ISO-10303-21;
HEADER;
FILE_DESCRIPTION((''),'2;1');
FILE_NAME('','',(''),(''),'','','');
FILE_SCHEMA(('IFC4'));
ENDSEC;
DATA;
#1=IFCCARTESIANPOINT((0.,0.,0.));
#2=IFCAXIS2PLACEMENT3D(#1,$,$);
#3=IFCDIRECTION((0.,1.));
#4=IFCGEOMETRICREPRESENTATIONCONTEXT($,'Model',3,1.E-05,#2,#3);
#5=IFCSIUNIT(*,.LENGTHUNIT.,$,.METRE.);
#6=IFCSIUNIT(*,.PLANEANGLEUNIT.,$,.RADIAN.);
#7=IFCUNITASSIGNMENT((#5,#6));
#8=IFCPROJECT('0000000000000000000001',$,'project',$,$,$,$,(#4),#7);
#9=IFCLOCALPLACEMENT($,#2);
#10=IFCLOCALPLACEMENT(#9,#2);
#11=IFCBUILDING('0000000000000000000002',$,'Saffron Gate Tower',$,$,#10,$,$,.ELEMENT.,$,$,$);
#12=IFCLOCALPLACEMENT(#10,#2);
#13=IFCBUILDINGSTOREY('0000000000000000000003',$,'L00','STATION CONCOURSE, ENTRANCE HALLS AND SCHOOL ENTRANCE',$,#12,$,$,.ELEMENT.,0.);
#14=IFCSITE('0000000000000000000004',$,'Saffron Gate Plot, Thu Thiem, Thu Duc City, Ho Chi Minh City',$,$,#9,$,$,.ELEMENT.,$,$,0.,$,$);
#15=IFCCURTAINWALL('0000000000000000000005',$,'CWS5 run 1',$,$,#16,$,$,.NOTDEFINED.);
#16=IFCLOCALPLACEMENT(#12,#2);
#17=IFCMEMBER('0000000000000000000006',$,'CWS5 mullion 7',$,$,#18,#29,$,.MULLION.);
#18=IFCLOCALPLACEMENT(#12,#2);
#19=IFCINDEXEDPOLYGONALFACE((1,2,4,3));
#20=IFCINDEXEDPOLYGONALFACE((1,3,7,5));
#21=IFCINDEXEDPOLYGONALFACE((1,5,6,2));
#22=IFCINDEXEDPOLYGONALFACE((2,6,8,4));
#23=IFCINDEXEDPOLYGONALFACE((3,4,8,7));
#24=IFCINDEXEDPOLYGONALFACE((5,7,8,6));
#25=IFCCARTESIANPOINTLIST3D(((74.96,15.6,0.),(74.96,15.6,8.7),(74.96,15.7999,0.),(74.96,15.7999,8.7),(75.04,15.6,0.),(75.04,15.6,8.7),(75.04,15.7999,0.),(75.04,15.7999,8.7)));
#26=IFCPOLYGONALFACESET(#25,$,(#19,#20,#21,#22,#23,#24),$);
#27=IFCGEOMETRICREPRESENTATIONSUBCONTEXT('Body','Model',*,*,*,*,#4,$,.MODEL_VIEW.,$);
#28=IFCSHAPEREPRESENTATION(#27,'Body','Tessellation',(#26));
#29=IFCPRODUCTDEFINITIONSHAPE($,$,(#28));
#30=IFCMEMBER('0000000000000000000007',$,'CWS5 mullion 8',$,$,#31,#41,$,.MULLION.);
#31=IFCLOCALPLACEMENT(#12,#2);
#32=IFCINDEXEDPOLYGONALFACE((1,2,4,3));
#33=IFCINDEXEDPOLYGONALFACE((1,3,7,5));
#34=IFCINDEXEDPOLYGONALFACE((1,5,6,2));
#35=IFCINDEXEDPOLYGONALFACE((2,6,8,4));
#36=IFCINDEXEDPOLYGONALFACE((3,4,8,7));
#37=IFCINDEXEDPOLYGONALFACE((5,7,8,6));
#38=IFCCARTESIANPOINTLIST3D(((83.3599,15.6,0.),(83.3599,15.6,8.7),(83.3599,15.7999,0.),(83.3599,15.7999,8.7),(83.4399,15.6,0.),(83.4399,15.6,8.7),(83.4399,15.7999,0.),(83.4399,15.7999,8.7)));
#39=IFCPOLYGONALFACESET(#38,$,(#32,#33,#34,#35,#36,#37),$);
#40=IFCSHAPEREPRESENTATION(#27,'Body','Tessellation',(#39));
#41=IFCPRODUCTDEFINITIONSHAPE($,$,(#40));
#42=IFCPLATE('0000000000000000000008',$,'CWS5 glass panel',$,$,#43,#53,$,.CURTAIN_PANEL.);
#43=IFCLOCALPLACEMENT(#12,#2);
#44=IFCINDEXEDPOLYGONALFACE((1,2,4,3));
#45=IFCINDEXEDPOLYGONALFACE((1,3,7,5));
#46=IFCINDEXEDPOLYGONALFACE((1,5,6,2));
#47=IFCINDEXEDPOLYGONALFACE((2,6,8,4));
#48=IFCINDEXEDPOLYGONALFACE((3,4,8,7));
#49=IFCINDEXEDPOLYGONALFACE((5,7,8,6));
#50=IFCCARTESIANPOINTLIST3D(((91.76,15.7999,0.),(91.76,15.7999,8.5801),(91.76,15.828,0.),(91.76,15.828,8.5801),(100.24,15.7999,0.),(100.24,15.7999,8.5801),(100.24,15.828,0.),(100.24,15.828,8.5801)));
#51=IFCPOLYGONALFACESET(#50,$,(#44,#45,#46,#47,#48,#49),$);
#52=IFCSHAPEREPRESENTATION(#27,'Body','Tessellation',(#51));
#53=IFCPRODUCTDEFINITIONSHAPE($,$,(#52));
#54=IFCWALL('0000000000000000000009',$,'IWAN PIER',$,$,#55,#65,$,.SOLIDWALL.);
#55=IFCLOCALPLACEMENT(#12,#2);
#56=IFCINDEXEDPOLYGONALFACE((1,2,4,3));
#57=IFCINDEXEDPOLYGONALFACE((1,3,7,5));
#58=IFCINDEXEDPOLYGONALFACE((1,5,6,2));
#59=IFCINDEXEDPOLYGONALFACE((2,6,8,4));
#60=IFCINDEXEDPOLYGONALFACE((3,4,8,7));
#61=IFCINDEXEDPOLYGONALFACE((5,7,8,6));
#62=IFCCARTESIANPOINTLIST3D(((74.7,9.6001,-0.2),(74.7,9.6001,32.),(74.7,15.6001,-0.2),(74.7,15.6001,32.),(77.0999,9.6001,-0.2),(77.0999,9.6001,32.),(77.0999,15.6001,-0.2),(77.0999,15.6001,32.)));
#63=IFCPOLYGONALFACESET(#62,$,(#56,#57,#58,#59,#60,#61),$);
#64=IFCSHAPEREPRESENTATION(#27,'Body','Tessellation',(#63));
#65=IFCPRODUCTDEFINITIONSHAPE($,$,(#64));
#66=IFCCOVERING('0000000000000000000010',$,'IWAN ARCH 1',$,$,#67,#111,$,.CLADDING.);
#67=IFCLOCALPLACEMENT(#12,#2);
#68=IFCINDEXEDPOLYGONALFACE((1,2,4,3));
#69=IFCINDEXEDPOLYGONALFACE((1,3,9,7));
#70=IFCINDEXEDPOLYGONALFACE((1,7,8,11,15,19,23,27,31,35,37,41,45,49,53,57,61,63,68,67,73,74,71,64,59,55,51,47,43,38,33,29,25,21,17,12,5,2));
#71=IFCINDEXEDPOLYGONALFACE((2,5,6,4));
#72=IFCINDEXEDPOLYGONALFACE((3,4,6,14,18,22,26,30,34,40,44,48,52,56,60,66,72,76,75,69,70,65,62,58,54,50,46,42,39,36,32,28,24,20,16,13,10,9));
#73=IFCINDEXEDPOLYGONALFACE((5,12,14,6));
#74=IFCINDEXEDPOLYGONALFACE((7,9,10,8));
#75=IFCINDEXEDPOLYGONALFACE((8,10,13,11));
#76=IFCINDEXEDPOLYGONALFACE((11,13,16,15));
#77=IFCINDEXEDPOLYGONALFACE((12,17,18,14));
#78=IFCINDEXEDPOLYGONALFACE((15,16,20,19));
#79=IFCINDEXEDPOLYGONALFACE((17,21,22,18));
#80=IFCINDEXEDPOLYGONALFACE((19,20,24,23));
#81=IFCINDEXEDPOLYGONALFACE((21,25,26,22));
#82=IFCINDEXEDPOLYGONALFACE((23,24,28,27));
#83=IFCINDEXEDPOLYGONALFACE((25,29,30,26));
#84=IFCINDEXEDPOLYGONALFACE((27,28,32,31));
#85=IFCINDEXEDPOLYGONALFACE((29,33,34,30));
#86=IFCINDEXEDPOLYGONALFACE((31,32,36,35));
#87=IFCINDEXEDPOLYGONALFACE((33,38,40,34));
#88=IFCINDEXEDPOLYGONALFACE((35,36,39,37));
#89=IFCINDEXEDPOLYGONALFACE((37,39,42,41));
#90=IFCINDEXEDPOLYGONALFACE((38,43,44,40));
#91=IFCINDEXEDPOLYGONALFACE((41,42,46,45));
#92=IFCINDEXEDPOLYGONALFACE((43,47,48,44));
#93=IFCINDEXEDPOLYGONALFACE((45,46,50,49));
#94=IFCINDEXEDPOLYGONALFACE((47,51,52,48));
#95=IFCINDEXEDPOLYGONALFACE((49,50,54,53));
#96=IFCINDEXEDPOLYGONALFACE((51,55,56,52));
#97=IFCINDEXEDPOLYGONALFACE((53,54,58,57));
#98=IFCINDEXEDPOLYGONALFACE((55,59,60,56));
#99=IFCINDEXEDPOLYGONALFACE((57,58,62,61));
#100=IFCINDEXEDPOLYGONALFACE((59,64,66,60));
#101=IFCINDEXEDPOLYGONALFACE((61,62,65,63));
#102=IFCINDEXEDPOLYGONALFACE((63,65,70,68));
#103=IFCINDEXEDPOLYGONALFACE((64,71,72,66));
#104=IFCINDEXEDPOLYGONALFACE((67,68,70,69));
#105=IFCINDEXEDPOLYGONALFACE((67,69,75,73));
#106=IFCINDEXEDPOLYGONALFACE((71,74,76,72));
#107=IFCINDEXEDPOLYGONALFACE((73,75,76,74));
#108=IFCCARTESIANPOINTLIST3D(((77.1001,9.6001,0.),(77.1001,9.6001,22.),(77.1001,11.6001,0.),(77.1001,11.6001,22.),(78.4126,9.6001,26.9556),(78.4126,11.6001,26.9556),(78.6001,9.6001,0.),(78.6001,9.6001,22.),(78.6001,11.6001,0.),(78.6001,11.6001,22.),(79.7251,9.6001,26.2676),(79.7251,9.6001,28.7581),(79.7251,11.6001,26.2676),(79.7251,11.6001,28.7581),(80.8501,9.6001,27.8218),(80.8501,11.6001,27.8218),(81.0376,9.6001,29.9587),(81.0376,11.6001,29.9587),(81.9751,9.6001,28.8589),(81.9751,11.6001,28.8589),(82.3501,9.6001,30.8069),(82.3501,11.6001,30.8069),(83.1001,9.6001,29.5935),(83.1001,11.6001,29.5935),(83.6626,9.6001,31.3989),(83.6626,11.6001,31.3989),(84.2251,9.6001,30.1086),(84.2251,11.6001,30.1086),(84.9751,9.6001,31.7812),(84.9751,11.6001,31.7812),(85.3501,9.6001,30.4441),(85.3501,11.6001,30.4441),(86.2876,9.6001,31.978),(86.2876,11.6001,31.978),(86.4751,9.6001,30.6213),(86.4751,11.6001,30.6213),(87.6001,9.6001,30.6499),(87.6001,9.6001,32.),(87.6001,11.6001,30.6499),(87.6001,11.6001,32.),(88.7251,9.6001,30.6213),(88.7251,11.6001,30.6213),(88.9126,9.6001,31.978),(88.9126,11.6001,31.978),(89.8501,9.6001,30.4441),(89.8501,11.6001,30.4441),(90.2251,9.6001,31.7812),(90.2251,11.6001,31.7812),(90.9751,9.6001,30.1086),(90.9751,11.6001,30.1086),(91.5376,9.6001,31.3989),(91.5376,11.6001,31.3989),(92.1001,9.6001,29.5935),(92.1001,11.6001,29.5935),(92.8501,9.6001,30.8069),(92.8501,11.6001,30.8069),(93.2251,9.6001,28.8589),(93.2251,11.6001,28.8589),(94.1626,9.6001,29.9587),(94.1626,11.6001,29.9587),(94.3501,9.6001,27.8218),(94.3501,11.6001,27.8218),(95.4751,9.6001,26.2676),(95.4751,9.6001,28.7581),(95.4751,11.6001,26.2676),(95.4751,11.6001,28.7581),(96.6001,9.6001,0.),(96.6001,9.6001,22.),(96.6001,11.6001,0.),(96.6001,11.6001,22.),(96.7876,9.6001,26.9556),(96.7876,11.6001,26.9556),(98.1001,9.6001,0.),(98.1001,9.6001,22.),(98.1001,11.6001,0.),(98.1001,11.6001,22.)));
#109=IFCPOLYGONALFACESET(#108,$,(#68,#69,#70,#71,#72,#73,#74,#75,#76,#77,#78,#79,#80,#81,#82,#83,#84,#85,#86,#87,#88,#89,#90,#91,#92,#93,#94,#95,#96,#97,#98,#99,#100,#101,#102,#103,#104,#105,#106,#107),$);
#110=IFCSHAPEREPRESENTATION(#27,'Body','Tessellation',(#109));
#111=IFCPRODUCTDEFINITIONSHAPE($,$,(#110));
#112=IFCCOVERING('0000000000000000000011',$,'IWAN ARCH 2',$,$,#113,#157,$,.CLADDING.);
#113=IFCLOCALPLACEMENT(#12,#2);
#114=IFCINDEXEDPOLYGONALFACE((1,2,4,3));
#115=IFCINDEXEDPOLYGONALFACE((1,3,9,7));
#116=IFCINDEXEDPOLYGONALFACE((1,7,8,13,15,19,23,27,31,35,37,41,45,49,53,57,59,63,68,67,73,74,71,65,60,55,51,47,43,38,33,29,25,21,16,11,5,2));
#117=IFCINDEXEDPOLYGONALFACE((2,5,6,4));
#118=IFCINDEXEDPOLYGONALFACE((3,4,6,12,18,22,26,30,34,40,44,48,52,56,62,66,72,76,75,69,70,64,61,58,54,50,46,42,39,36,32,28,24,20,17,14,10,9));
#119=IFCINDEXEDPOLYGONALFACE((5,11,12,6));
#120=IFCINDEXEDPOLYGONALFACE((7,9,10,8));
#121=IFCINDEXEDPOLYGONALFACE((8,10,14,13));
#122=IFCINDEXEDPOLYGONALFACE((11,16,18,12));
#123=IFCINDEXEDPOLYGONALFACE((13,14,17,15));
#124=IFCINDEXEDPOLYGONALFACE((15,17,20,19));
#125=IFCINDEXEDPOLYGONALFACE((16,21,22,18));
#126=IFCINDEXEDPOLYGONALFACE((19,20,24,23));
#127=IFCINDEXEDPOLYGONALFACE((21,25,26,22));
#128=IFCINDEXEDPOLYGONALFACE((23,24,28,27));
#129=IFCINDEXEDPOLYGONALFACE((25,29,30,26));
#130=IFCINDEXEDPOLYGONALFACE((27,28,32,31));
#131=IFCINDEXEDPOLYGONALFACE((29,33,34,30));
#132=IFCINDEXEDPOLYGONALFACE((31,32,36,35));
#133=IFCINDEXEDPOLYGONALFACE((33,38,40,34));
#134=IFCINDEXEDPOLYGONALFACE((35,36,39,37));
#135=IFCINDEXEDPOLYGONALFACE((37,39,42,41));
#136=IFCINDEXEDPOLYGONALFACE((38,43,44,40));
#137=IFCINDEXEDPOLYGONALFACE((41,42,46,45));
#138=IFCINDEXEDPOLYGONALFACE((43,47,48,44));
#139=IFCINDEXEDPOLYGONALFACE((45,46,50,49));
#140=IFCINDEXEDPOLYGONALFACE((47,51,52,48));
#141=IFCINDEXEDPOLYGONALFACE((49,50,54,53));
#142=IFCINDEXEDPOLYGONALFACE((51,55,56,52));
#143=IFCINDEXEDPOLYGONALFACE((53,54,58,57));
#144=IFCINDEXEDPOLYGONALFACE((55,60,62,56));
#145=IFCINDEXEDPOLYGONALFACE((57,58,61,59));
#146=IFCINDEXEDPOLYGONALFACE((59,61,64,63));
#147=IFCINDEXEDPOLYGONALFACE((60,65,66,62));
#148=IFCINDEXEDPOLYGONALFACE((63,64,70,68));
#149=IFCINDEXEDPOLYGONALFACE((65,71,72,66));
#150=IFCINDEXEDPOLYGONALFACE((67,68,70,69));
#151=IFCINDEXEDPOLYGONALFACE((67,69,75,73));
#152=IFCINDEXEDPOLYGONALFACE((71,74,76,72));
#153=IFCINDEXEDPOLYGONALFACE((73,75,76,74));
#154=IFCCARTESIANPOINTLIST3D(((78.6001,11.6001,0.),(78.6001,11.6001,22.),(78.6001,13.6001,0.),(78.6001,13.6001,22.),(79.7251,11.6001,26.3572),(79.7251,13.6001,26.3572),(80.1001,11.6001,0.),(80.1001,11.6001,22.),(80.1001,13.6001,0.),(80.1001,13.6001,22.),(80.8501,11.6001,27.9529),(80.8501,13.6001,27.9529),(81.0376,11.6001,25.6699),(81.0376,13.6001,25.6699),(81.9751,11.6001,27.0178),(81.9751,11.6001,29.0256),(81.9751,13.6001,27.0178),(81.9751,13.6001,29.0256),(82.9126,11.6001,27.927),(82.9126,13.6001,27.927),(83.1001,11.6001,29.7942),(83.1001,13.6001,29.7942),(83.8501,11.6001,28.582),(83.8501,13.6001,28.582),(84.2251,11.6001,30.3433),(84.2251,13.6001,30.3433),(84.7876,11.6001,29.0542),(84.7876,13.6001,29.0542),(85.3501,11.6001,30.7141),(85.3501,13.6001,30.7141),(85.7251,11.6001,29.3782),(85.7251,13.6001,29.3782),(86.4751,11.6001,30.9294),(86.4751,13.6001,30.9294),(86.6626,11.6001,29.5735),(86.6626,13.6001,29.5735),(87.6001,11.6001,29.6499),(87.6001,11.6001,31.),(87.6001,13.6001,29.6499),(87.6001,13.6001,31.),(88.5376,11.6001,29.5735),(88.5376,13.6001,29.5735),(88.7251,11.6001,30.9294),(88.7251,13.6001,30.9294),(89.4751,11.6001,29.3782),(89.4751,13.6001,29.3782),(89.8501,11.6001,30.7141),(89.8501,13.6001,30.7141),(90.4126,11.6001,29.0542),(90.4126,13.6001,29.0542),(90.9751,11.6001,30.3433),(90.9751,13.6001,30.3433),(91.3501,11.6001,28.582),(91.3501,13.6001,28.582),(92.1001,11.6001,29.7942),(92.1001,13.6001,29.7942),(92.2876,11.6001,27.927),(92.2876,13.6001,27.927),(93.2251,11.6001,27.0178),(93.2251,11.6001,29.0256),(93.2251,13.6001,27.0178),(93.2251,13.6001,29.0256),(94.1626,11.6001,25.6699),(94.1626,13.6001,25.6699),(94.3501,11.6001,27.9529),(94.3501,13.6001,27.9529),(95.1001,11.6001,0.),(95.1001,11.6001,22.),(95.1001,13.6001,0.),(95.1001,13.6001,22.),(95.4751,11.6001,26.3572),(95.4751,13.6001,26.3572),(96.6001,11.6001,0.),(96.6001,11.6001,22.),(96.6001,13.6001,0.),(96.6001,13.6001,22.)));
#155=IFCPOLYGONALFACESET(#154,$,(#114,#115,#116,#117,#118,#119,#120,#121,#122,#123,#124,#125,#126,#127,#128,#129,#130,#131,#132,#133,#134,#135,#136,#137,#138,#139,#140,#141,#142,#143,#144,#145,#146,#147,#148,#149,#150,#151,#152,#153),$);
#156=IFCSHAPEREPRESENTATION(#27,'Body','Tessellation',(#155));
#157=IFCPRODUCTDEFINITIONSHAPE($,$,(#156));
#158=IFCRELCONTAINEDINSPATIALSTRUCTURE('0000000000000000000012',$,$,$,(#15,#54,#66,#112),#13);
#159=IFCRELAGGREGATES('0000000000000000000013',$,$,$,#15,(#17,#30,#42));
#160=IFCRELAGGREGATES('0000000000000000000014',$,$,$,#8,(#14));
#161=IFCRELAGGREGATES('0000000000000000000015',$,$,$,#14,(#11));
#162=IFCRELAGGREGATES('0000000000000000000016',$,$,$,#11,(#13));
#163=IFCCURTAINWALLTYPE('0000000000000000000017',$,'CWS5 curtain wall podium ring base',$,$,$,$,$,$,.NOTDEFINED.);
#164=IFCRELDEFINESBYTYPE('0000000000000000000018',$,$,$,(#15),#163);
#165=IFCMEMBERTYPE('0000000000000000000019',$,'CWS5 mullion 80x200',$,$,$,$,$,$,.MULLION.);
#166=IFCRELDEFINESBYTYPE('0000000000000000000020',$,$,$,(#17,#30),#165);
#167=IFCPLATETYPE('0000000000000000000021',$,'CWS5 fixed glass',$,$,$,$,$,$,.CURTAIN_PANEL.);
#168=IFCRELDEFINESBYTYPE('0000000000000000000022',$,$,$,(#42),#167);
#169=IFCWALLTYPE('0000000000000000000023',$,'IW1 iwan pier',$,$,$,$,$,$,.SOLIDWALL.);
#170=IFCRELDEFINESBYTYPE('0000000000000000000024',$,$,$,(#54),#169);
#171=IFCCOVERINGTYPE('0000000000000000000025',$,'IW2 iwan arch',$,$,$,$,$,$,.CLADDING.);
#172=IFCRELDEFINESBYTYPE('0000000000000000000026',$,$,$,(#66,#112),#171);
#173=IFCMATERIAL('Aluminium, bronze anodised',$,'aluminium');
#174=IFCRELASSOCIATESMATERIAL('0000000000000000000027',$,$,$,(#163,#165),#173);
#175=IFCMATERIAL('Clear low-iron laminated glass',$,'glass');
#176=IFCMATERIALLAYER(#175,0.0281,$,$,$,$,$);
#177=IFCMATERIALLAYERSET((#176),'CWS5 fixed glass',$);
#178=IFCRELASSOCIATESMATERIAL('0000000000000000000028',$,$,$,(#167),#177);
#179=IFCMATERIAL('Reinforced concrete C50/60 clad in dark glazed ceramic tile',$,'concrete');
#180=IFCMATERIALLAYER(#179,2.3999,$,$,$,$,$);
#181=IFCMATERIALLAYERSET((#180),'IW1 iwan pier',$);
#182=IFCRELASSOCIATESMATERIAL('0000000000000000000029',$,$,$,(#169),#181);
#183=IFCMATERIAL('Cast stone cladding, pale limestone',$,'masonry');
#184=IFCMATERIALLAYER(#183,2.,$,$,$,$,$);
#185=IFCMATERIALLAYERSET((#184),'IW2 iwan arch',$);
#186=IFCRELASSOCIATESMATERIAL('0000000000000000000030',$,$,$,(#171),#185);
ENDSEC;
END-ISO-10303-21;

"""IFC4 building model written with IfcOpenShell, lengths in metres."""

from ifc_helpers import new_model, si_unit, direction, frame, frame_2d, origin, origin_2d, place, context, subcontext, project, spatial, polyline, rectangle, outline, extrude, material, layer, layer_set, material_profile, profile_set, type_object, element, aggregate, save


model = new_model("IFC4")

# Units and contexts
model_context = context("Model", 3, precision=1e-05, world=origin(), true_north=direction((0.0, 1.0)))
body_context = subcontext(model_context, "Body", "Model", "MODEL_VIEW")
ifc_project = project(units=[si_unit("LENGTHUNIT", "METRE"), si_unit("PLANEANGLEUNIT", "RADIAN")], contexts=[model_context])

# Site, building, storey
site_placement = place(None, origin())
site = spatial("IfcSite", under=ifc_project, at=site_placement, Name="Saffron Gate Plot, Thu Thiem, Thu Duc City, Ho Chi Minh City", CompositionType="ELEMENT", RefElevation=0.0)
building_placement = place(site_placement, origin())
building = spatial("IfcBuilding", under=site, at=building_placement, Name="Saffron Gate Tower", CompositionType="ELEMENT")
storey_placement = place(building_placement, origin())
storey = spatial("IfcBuildingStorey", under=building, at=storey_placement, Name="L00", Description="STATION CONCOURSE, ENTRANCE HALLS AND SCHOOL ENTRANCE", CompositionType="ELEMENT", Elevation=0.0)

# Curtain wall, members, plate
ifc_material_1 = material(Name="Aluminium, bronze anodised", Category="aluminium")
curtain_wall_type = type_object("IfcCurtainWallType", Name="CWS5 curtain wall podium ring base", PredefinedType="NOTDEFINED", material=ifc_material_1)
curtain_wall_placement = place(storey_placement, origin())
curtain_wall = element("IfcCurtainWall", 1, at=curtain_wall_placement, inside=storey, type_object=curtain_wall_type, Name="CWS5 run 1", PredefinedType="NOTDEFINED")
ifc_material_profile_1 = material_profile(ifc_material_1, rectangle(XDim=0.2, YDim=0.0801, at=origin_2d()))
ifc_profile_set_1 = profile_set([ifc_material_profile_1], Name="Aluminium, bronze anodised")
member_type = type_object("IfcMemberType", Name="CWS5 mullion 80x200", PredefinedType="MULLION", material=ifc_profile_set_1)
member_1_placement = place(storey_placement, frame((75.0, 15.7, 0.0), z_axis=(0.0, 0.0, 1.0), x_axis=(0.0, 1.0, 0.0)))
member_1 = element("IfcMember", 2, at=member_1_placement, type_object=member_type, Name="CWS5 mullion 7", PredefinedType="MULLION", context=body_context, shape_type="SweptSolid", body=[
    extrude(rectangle(XDim=0.2, YDim=0.0801, at=origin_2d()), origin(), (0.0, 0.0, 1.0), 8.7),
])
member_2_placement = place(storey_placement, frame((83.3999, 15.7, 0.0), z_axis=(0.0, 0.0, 1.0), x_axis=(0.0, 1.0, 0.0)))
member_2 = element("IfcMember", 3, at=member_2_placement, type_object=member_type, Name="CWS5 mullion 8", PredefinedType="MULLION", context=body_context, shape_type="SweptSolid", body=[
    extrude(rectangle(XDim=0.2, YDim=0.0801, at=origin_2d()), origin(), (0.0, 0.0, 1.0), 8.7),
])
ifc_material_2 = material(Name="Clear low-iron laminated glass", Category="glass")
ifc_layer_1 = layer(ifc_material_2, 0.0281)
ifc_layer_set_1 = layer_set([ifc_layer_1], Name="CWS5 fixed glass")
plate_type = type_object("IfcPlateType", Name="CWS5 fixed glass", PredefinedType="CURTAIN_PANEL", material=ifc_layer_set_1)
plate_placement = place(storey_placement, frame((91.76, 15.814, 0.0), z_axis=(0.0, 0.0, 1.0), x_axis=(1.0, 0.0, 0.0)))
plate = element("IfcPlate", 4, at=plate_placement, type_object=plate_type, Name="CWS5 glass panel", PredefinedType="CURTAIN_PANEL", context=body_context, shape_type="SweptSolid", body=[
    extrude(rectangle(XDim=8.48, YDim=0.0281, at=frame_2d((4.24, 0.0))), origin(), (0.0, 0.0, 1.0), 8.5801),
])
aggregate(curtain_wall, [member_1, member_2, plate])

# Wall
ifc_material_3 = material(Name="Reinforced concrete C50/60 clad in dark glazed ceramic tile", Category="concrete")
ifc_layer_2 = layer(ifc_material_3, 2.3999)
ifc_layer_set_2 = layer_set([ifc_layer_2], Name="IW1 iwan pier")
wall_type_1 = type_object("IfcWallType", Name="IW1 iwan pier", PredefinedType="SOLIDWALL", material=ifc_layer_set_2)
wall_1_placement = place(storey_placement, frame((75.8999, 15.6001, -0.2), z_axis=(0.0, 0.0, 1.0), x_axis=(0.0, -1.0, 0.0)))
element("IfcWall", 5, at=wall_1_placement, inside=storey, type_object=wall_type_1, Name="IWAN PIER", PredefinedType="SOLIDWALL", context=body_context, shape_type="SweptSolid", body=[
    extrude(rectangle(XDim=6.0, YDim=2.3999, at=frame_2d((3.0, 0.0))), origin(), (0.0, 0.0, 1.0), 32.2),
])

# Coverings
ifc_material_4 = material(Name="Cast stone cladding, pale limestone", Category="masonry")
ifc_layer_3 = layer(ifc_material_4, 2.0)
ifc_layer_set_3 = layer_set([ifc_layer_3], Name="IW2 iwan arch")
covering_type = type_object("IfcCoveringType", Name="IW2 iwan arch", PredefinedType="CLADDING", material=ifc_layer_set_3)
covering_1_placement = place(storey_placement, frame((78.6001, 9.6001, 0.0), z_axis=(0.0, -1.0, 0.0), x_axis=(0.0, 0.0, 1.0)))
element("IfcCovering", 6, at=covering_1_placement, inside=storey, type_object=covering_type, Name="IWAN ARCH 1", PredefinedType="CLADDING", context=body_context, shape_type="SweptSolid", body=[
    extrude(outline(polyline([(0.0, 0.0), (22.0, 0.0), (26.2676, -1.125), (27.8218, -2.25), (28.8589, -3.375), (29.5935, -4.5), (30.1086, -5.625), (30.4441, -6.75), (30.6213, -7.875), (30.6499, -9.0), (30.6213, -10.125), (30.4441, -11.25), (30.1086, -12.375), (29.5935, -13.5), (28.8589, -14.625), (27.8218, -15.75), (26.2676, -16.875), (22.0, -18.0), (0.0, -18.0), (0.0, -19.5), (22.0, -19.5), (26.9556, -18.1875), (28.7581, -16.875), (29.9587, -15.5625), (30.8069, -14.25), (31.3989, -12.9375), (31.7812, -11.625), (31.978, -10.3125), (32.0, -9.0), (31.978, -7.6875), (31.7812, -6.375), (31.3989, -5.0625), (30.8069, -3.75), (29.9587, -2.4375), (28.7581, -1.125), (26.9556, 0.1875), (22.0, 1.5), (0.0, 1.5), (0.0, 0.0)])), origin(), (0.0, 0.0, -1.0), 2.0),
])
covering_2_placement = place(storey_placement, frame((80.1001, 11.6001, 0.0), z_axis=(0.0, -1.0, 0.0), x_axis=(0.0, 0.0, 1.0)))
element("IfcCovering", 7, at=covering_2_placement, inside=storey, type_object=covering_type, Name="IWAN ARCH 2", PredefinedType="CLADDING", context=body_context, shape_type="SweptSolid", body=[
    extrude(outline(polyline([(0.0, 0.0), (22.0, 0.0), (25.6699, -0.9375), (27.0178, -1.875), (27.927, -2.8125), (28.582, -3.75), (29.0542, -4.6875), (29.3782, -5.625), (29.5735, -6.5625), (29.6499, -7.5), (29.5735, -8.4375), (29.3782, -9.375), (29.0542, -10.3125), (28.582, -11.25), (27.927, -12.1875), (27.0178, -13.125), (25.6699, -14.0625), (22.0, -15.0), (0.0, -15.0), (0.0, -16.5), (22.0, -16.5), (26.3572, -15.375), (27.9529, -14.25), (29.0256, -13.125), (29.7942, -12.0), (30.3433, -10.875), (30.7141, -9.75), (30.9294, -8.625), (31.0, -7.5), (30.9294, -6.375), (30.7141, -5.25), (30.3433, -4.125), (29.7942, -3.0), (29.0256, -1.875), (27.9529, -0.75), (26.3572, 0.375), (22.0, 1.5), (0.0, 1.5), (0.0, 0.0)])), origin(), (0.0, 0.0, -1.0), 2.0),
])

save(model, "model.ifc")
